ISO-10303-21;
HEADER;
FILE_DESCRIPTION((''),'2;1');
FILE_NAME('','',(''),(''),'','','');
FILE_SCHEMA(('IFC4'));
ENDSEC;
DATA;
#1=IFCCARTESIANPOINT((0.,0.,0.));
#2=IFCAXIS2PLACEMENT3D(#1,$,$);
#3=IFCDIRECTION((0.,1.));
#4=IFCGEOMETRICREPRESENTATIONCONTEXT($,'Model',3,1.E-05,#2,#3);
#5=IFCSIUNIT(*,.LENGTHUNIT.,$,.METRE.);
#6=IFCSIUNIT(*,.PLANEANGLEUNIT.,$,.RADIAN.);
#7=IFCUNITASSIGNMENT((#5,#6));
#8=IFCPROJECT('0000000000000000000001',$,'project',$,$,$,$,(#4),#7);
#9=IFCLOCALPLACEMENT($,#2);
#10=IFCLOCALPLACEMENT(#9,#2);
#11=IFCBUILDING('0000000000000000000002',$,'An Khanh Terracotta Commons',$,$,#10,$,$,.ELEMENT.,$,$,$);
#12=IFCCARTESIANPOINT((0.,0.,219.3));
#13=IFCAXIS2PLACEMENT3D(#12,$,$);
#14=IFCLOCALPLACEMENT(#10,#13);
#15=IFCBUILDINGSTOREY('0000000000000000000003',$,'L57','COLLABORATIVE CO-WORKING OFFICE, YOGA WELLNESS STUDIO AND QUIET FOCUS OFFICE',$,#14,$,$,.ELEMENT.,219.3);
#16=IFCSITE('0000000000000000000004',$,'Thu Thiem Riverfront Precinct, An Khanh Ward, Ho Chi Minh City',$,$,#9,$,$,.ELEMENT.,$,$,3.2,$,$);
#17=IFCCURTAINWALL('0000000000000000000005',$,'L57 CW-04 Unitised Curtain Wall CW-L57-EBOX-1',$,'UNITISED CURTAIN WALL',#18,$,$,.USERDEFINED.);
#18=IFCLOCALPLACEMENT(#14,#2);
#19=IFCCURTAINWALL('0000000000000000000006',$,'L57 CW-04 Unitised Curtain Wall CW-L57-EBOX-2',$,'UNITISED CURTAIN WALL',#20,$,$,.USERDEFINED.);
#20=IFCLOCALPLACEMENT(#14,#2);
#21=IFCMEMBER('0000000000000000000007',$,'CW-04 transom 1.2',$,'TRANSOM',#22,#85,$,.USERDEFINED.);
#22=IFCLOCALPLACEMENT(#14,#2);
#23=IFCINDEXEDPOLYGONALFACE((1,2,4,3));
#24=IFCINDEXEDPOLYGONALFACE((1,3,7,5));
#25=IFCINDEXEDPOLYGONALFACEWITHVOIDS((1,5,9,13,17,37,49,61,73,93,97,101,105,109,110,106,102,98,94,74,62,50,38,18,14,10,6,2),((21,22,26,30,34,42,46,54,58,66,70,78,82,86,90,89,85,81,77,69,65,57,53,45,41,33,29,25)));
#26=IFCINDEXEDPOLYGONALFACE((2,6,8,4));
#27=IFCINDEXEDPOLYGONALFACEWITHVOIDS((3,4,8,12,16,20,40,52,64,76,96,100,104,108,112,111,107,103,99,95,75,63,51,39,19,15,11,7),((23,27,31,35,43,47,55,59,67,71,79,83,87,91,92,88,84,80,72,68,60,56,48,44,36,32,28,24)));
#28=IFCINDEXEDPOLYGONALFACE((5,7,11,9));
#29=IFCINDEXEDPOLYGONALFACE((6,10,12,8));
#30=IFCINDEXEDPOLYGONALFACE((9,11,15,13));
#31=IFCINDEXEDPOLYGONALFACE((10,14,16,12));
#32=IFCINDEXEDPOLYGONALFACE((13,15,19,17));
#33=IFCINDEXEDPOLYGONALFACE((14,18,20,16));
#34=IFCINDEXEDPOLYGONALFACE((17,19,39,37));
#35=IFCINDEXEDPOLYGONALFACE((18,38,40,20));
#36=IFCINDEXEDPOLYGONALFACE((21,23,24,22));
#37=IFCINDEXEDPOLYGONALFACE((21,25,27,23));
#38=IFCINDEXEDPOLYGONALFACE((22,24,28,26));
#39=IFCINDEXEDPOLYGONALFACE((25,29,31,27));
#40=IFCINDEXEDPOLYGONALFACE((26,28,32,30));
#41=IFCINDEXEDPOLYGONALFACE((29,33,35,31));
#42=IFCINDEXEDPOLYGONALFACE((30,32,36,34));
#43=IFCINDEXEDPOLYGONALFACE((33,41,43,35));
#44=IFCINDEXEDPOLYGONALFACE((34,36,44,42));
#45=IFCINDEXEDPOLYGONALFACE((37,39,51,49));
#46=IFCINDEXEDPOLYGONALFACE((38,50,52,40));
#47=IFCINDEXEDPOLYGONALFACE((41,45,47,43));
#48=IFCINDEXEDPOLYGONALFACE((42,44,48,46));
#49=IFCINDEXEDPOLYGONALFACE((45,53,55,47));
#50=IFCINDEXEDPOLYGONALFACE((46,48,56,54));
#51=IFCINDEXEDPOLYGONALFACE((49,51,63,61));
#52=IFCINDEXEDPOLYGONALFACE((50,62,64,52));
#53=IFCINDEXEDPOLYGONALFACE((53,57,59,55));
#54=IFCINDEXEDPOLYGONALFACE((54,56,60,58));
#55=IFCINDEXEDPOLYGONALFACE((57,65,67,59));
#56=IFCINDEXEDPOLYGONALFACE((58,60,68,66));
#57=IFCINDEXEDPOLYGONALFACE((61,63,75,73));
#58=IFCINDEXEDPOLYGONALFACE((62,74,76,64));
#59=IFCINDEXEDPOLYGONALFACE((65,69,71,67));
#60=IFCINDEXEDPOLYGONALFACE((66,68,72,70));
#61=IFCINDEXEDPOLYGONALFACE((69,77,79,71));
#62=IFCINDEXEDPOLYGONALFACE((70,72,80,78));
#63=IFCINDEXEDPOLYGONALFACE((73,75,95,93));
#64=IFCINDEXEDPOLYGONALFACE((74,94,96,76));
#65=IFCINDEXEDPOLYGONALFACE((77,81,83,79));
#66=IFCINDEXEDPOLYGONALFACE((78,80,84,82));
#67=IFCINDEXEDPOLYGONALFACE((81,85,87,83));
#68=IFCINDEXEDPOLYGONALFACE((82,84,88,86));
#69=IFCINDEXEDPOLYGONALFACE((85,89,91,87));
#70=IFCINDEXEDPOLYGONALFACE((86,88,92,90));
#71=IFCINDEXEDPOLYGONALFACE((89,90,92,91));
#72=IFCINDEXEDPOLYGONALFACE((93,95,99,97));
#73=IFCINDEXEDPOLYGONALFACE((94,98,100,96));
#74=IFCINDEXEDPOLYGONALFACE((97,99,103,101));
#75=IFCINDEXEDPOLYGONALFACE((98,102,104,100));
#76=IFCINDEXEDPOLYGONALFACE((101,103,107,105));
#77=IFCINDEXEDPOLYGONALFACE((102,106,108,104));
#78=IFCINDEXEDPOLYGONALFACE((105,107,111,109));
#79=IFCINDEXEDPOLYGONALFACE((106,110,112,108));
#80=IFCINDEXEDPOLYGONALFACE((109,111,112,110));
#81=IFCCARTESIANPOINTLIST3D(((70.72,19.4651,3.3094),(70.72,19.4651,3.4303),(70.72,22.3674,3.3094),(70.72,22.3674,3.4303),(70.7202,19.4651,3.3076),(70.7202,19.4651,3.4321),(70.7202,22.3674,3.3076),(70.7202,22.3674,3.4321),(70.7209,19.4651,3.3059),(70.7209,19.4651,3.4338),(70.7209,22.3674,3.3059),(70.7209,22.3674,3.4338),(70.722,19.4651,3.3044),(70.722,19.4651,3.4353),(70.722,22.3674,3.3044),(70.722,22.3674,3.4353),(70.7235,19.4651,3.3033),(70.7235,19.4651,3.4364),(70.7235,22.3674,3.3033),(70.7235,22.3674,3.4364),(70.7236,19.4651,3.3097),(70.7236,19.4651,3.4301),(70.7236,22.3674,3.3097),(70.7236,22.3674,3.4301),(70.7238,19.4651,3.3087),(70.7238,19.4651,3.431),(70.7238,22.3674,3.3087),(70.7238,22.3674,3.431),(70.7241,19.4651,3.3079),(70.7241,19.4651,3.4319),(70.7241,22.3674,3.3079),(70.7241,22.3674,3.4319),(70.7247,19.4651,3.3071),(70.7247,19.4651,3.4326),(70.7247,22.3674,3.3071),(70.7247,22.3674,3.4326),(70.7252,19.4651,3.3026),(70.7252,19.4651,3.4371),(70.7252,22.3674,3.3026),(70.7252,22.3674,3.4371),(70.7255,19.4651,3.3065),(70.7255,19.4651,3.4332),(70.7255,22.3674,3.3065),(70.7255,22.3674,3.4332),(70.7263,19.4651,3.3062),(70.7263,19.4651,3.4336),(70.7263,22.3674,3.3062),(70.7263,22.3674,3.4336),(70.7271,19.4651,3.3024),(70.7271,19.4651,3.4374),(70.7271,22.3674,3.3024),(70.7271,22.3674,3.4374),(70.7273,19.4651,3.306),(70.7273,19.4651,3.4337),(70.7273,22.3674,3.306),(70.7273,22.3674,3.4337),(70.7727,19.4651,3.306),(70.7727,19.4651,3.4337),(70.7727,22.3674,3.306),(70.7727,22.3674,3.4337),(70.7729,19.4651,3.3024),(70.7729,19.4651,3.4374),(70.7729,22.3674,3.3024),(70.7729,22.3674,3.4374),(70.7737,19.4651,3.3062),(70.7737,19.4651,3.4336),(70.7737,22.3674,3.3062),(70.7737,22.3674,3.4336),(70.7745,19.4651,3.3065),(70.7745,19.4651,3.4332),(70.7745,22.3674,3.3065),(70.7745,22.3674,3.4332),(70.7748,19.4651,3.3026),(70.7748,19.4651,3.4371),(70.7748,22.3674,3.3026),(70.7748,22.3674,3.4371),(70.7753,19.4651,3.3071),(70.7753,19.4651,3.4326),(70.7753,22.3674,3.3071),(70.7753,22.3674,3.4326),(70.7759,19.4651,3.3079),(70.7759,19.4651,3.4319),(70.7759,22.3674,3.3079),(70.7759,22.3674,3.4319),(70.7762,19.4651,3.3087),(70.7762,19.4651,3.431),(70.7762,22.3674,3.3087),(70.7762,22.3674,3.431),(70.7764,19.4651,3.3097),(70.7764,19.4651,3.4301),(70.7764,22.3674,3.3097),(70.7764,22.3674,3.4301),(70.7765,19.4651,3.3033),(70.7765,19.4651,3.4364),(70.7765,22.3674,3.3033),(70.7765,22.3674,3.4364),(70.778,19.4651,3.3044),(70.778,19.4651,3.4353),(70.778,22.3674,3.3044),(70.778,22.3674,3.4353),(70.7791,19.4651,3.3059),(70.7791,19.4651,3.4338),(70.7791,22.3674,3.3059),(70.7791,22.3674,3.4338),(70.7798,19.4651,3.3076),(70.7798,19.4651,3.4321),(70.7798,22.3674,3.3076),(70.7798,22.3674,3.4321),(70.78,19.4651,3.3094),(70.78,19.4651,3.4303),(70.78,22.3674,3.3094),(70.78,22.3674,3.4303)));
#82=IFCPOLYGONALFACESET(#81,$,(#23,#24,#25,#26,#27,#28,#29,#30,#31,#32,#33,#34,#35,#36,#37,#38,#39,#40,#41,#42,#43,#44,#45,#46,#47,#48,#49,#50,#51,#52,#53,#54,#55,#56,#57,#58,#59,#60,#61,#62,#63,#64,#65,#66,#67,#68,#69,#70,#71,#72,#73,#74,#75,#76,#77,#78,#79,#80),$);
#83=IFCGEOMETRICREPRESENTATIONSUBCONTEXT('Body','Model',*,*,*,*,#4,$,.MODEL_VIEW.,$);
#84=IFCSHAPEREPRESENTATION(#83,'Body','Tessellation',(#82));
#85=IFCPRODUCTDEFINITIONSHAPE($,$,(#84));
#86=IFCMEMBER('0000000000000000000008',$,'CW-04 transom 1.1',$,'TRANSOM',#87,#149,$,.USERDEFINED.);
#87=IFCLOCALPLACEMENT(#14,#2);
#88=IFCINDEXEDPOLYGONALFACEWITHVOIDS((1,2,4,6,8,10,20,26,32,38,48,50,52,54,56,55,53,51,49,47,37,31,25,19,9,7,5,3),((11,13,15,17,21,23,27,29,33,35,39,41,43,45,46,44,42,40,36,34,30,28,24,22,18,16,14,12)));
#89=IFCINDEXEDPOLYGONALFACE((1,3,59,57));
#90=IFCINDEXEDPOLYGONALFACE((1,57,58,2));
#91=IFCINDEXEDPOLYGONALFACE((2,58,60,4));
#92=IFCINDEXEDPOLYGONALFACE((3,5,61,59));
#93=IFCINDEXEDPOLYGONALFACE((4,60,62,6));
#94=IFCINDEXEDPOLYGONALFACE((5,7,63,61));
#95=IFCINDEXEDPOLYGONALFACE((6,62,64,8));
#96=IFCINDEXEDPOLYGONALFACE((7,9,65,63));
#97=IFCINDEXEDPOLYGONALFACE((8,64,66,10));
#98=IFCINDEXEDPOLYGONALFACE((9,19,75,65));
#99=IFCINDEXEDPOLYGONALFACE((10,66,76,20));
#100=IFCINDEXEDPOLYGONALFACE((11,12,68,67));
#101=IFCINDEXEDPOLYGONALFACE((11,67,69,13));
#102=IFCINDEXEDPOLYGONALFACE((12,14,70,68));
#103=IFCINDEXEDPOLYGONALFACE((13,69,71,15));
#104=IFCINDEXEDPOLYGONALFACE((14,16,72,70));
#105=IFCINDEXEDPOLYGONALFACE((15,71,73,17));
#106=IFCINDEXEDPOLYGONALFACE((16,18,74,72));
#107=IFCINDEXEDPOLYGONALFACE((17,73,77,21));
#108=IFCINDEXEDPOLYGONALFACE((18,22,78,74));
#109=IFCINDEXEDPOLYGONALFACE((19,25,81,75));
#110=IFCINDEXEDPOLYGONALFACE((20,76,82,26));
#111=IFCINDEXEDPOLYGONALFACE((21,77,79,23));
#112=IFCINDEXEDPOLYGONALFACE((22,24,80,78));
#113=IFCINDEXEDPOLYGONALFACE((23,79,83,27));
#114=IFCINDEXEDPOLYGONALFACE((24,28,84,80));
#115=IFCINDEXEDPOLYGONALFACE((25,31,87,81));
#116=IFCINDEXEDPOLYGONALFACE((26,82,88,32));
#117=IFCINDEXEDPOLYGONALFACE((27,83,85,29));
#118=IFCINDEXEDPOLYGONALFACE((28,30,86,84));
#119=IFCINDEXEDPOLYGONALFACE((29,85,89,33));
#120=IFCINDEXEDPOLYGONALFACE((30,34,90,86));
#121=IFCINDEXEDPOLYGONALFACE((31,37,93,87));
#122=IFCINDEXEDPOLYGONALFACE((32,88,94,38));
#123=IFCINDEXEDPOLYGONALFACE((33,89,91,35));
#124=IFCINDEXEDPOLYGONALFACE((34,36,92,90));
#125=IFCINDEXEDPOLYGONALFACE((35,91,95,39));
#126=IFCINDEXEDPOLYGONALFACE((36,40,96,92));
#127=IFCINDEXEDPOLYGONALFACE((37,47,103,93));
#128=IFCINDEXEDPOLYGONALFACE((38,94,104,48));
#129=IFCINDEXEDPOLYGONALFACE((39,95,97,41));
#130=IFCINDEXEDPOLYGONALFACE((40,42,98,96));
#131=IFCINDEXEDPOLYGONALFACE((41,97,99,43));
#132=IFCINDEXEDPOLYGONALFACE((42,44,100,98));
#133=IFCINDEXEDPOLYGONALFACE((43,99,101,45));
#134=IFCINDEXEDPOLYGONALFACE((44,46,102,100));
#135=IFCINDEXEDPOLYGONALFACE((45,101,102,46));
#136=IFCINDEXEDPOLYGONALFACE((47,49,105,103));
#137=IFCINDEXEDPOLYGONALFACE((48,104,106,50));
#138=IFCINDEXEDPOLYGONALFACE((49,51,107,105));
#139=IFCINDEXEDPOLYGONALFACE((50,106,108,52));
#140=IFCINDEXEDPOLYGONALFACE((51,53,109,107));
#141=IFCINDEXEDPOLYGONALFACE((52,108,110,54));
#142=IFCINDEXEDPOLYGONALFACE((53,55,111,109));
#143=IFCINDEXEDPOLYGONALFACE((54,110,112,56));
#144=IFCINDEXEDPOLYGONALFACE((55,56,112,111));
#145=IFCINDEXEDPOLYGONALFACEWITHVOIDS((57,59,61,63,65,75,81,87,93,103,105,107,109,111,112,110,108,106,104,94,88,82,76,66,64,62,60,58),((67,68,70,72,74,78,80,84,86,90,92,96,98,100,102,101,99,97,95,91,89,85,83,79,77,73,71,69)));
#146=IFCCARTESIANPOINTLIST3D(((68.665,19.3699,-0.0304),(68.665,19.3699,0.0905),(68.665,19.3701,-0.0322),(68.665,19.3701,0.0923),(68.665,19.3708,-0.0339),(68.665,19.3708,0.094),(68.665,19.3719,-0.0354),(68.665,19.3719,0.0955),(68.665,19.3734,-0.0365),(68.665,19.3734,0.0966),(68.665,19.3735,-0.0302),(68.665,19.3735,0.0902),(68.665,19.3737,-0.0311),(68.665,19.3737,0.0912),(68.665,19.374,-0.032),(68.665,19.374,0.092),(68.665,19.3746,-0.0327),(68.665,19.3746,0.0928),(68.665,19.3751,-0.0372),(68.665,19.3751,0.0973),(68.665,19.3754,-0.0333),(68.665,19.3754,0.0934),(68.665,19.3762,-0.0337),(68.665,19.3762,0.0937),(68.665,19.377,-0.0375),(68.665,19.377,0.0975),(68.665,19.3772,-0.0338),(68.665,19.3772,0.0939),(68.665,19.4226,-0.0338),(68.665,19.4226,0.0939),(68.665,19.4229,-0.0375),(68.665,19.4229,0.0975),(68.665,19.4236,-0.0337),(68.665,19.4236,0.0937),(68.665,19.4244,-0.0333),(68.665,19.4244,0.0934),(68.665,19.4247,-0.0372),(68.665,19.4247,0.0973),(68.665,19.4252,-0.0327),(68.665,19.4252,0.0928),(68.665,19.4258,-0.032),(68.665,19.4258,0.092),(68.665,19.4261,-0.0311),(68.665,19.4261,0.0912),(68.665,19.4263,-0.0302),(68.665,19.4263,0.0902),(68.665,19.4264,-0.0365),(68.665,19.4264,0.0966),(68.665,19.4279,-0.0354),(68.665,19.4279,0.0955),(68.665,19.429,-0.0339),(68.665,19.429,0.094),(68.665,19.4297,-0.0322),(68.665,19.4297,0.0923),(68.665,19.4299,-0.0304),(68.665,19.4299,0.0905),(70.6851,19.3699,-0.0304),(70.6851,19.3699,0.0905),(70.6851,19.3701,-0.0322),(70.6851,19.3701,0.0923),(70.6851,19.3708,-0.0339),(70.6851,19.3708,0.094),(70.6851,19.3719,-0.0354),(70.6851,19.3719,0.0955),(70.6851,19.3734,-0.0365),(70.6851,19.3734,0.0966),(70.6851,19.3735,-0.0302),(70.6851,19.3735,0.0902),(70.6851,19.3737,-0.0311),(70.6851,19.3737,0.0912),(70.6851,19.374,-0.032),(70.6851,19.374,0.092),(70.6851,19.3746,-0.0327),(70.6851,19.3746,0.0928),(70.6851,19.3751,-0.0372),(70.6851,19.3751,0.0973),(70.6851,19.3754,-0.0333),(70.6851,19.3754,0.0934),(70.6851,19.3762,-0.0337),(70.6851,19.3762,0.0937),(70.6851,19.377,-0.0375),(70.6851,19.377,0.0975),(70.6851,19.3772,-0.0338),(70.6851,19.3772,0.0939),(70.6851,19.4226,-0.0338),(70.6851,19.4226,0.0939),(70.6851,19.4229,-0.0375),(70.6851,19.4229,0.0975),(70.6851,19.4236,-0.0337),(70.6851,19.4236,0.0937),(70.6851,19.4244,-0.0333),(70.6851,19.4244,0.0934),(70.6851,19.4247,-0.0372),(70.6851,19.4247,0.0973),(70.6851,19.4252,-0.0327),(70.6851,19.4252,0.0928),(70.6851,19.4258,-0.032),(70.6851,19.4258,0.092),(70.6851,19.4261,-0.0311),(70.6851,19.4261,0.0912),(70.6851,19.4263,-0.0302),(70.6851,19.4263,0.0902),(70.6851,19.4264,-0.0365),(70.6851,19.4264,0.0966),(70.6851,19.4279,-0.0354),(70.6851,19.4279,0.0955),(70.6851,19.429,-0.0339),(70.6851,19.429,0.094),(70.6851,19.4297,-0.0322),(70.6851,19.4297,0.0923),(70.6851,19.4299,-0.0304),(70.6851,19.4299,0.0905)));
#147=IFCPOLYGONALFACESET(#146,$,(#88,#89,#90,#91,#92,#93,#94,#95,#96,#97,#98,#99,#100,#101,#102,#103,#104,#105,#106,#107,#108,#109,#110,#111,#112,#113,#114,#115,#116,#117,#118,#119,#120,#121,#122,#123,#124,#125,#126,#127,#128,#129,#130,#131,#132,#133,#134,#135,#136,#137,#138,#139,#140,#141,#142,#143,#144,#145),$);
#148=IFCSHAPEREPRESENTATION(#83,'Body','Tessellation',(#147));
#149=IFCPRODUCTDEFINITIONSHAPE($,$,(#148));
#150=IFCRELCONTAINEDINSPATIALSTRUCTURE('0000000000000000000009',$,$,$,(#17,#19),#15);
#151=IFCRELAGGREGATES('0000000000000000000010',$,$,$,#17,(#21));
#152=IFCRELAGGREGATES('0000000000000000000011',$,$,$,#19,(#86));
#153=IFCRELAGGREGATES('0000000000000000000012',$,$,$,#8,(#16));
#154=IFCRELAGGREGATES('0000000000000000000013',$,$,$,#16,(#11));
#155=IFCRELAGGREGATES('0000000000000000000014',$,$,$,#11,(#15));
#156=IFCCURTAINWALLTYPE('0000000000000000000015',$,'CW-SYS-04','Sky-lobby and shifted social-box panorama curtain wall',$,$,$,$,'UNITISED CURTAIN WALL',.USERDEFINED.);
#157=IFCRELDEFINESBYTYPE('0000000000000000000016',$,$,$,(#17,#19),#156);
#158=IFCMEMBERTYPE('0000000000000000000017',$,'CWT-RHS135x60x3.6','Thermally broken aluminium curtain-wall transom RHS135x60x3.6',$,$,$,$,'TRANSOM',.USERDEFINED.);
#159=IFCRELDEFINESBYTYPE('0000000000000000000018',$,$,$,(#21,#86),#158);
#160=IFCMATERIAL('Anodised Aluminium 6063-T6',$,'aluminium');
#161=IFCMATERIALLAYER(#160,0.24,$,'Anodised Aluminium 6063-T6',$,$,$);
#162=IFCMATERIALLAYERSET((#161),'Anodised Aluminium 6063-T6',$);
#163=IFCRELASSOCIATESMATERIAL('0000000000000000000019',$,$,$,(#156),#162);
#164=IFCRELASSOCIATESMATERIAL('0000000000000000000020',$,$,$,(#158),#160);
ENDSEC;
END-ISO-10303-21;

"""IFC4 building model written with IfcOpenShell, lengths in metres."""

from ifc_helpers import new_model, si_unit, direction, frame, origin, origin_2d, place, context, subcontext, project, spatial, hollow_rectangle, extrude, material, layer, layer_set, material_profile, profile_set, type_object, element, aggregate, save


model = new_model("IFC4")

# Units and contexts
model_context = context("Model", 3, precision=1e-05, world=origin(), true_north=direction((0.0, 1.0)))
body_context = subcontext(model_context, "Body", "Model", "MODEL_VIEW")
ifc_project = project(units=[si_unit("LENGTHUNIT", "METRE"), si_unit("PLANEANGLEUNIT", "RADIAN")], contexts=[model_context])

# Site, building, storey
site_placement = place(None, origin())
site = spatial("IfcSite", under=ifc_project, at=site_placement, Name="Thu Thiem Riverfront Precinct, An Khanh Ward, Ho Chi Minh City", CompositionType="ELEMENT", RefElevation=3.2)
building_placement = place(site_placement, origin())
building = spatial("IfcBuilding", under=site, at=building_placement, Name="An Khanh Terracotta Commons", CompositionType="ELEMENT")
storey_placement = place(building_placement, frame((0.0, 0.0, 219.3)))
storey = spatial("IfcBuildingStorey", under=building, at=storey_placement, Name="L57", Description="COLLABORATIVE CO-WORKING OFFICE, YOGA WELLNESS STUDIO AND QUIET FOCUS OFFICE", CompositionType="ELEMENT", Elevation=219.3)

# Curtain walls
ifc_material_1 = material(Name="Anodised Aluminium 6063-T6", Category="aluminium")
ifc_layer_1 = layer(ifc_material_1, 0.24, Name="Anodised Aluminium 6063-T6")
ifc_layer_set_1 = layer_set([ifc_layer_1], Name="Anodised Aluminium 6063-T6")
curtain_wall_type_1 = type_object("IfcCurtainWallType", Name="CW-SYS-04", Description="Sky-lobby and shifted social-box panorama curtain wall", ElementType="UNITISED CURTAIN WALL", PredefinedType="USERDEFINED", material=ifc_layer_set_1)
curtain_wall_1_placement = place(storey_placement, origin())
curtain_wall_1 = element("IfcCurtainWall", 1, at=curtain_wall_1_placement, inside=storey, type_object=curtain_wall_type_1, Name="L57 CW-04 Unitised Curtain Wall CW-L57-EBOX-1", ObjectType="UNITISED CURTAIN WALL", PredefinedType="USERDEFINED")
curtain_wall_2_placement = place(storey_placement, origin())
curtain_wall_2 = element("IfcCurtainWall", 2, at=curtain_wall_2_placement, inside=storey, type_object=curtain_wall_type_1, Name="L57 CW-04 Unitised Curtain Wall CW-L57-EBOX-2", ObjectType="UNITISED CURTAIN WALL", PredefinedType="USERDEFINED")

# Members
ifc_material_profile_1 = material_profile(ifc_material_1, hollow_rectangle(XDim=0.0601, YDim=0.135, WallThickness=0.0037, InnerFilletRadius=0.0037, OuterFilletRadius=0.0071, at=origin_2d()), Name="RHS135x60x3.6")
ifc_profile_set_1 = profile_set([ifc_material_profile_1], Name="Anodised Aluminium 6063-T6")
member_type_1 = type_object("IfcMemberType", Name="CWT-RHS135x60x3.6", Description="Thermally broken aluminium curtain-wall transom RHS135x60x3.6", ElementType="TRANSOM", PredefinedType="USERDEFINED", material=ifc_profile_set_1)
member_1_placement = place(storey_placement, frame((70.75, 19.4651, 3.3699), z_axis=(0.0, 1.0, 0.0), x_axis=(-1.0, 0.0, 0.0)))
member_1 = element("IfcMember", 3, at=member_1_placement, type_object=member_type_1, Name="CW-04 transom 1.2", ObjectType="TRANSOM", PredefinedType="USERDEFINED", context=body_context, shape_type="SweptSolid", body=[
    extrude(hollow_rectangle(XDim=0.0601, YDim=0.135, WallThickness=0.0037, InnerFilletRadius=0.0037, OuterFilletRadius=0.0071, at=origin_2d()), origin(), (0.0, 0.0, 1.0), 2.9023),
])
member_2_placement = place(storey_placement, frame((68.665, 19.3999, 0.03), z_axis=(1.0, 0.0, 0.0), x_axis=(0.0, 1.0, 0.0)))
member_2 = element("IfcMember", 4, at=member_2_placement, type_object=member_type_1, Name="CW-04 transom 1.1", ObjectType="TRANSOM", PredefinedType="USERDEFINED", context=body_context, shape_type="SweptSolid", body=[
    extrude(hollow_rectangle(XDim=0.0601, YDim=0.135, WallThickness=0.0037, InnerFilletRadius=0.0037, OuterFilletRadius=0.0071, at=origin_2d()), origin(), (0.0, 0.0, 1.0), 2.02),
])

aggregate(curtain_wall_1, [member_1])
aggregate(curtain_wall_2, [member_2])

save(model, "model.ifc")
